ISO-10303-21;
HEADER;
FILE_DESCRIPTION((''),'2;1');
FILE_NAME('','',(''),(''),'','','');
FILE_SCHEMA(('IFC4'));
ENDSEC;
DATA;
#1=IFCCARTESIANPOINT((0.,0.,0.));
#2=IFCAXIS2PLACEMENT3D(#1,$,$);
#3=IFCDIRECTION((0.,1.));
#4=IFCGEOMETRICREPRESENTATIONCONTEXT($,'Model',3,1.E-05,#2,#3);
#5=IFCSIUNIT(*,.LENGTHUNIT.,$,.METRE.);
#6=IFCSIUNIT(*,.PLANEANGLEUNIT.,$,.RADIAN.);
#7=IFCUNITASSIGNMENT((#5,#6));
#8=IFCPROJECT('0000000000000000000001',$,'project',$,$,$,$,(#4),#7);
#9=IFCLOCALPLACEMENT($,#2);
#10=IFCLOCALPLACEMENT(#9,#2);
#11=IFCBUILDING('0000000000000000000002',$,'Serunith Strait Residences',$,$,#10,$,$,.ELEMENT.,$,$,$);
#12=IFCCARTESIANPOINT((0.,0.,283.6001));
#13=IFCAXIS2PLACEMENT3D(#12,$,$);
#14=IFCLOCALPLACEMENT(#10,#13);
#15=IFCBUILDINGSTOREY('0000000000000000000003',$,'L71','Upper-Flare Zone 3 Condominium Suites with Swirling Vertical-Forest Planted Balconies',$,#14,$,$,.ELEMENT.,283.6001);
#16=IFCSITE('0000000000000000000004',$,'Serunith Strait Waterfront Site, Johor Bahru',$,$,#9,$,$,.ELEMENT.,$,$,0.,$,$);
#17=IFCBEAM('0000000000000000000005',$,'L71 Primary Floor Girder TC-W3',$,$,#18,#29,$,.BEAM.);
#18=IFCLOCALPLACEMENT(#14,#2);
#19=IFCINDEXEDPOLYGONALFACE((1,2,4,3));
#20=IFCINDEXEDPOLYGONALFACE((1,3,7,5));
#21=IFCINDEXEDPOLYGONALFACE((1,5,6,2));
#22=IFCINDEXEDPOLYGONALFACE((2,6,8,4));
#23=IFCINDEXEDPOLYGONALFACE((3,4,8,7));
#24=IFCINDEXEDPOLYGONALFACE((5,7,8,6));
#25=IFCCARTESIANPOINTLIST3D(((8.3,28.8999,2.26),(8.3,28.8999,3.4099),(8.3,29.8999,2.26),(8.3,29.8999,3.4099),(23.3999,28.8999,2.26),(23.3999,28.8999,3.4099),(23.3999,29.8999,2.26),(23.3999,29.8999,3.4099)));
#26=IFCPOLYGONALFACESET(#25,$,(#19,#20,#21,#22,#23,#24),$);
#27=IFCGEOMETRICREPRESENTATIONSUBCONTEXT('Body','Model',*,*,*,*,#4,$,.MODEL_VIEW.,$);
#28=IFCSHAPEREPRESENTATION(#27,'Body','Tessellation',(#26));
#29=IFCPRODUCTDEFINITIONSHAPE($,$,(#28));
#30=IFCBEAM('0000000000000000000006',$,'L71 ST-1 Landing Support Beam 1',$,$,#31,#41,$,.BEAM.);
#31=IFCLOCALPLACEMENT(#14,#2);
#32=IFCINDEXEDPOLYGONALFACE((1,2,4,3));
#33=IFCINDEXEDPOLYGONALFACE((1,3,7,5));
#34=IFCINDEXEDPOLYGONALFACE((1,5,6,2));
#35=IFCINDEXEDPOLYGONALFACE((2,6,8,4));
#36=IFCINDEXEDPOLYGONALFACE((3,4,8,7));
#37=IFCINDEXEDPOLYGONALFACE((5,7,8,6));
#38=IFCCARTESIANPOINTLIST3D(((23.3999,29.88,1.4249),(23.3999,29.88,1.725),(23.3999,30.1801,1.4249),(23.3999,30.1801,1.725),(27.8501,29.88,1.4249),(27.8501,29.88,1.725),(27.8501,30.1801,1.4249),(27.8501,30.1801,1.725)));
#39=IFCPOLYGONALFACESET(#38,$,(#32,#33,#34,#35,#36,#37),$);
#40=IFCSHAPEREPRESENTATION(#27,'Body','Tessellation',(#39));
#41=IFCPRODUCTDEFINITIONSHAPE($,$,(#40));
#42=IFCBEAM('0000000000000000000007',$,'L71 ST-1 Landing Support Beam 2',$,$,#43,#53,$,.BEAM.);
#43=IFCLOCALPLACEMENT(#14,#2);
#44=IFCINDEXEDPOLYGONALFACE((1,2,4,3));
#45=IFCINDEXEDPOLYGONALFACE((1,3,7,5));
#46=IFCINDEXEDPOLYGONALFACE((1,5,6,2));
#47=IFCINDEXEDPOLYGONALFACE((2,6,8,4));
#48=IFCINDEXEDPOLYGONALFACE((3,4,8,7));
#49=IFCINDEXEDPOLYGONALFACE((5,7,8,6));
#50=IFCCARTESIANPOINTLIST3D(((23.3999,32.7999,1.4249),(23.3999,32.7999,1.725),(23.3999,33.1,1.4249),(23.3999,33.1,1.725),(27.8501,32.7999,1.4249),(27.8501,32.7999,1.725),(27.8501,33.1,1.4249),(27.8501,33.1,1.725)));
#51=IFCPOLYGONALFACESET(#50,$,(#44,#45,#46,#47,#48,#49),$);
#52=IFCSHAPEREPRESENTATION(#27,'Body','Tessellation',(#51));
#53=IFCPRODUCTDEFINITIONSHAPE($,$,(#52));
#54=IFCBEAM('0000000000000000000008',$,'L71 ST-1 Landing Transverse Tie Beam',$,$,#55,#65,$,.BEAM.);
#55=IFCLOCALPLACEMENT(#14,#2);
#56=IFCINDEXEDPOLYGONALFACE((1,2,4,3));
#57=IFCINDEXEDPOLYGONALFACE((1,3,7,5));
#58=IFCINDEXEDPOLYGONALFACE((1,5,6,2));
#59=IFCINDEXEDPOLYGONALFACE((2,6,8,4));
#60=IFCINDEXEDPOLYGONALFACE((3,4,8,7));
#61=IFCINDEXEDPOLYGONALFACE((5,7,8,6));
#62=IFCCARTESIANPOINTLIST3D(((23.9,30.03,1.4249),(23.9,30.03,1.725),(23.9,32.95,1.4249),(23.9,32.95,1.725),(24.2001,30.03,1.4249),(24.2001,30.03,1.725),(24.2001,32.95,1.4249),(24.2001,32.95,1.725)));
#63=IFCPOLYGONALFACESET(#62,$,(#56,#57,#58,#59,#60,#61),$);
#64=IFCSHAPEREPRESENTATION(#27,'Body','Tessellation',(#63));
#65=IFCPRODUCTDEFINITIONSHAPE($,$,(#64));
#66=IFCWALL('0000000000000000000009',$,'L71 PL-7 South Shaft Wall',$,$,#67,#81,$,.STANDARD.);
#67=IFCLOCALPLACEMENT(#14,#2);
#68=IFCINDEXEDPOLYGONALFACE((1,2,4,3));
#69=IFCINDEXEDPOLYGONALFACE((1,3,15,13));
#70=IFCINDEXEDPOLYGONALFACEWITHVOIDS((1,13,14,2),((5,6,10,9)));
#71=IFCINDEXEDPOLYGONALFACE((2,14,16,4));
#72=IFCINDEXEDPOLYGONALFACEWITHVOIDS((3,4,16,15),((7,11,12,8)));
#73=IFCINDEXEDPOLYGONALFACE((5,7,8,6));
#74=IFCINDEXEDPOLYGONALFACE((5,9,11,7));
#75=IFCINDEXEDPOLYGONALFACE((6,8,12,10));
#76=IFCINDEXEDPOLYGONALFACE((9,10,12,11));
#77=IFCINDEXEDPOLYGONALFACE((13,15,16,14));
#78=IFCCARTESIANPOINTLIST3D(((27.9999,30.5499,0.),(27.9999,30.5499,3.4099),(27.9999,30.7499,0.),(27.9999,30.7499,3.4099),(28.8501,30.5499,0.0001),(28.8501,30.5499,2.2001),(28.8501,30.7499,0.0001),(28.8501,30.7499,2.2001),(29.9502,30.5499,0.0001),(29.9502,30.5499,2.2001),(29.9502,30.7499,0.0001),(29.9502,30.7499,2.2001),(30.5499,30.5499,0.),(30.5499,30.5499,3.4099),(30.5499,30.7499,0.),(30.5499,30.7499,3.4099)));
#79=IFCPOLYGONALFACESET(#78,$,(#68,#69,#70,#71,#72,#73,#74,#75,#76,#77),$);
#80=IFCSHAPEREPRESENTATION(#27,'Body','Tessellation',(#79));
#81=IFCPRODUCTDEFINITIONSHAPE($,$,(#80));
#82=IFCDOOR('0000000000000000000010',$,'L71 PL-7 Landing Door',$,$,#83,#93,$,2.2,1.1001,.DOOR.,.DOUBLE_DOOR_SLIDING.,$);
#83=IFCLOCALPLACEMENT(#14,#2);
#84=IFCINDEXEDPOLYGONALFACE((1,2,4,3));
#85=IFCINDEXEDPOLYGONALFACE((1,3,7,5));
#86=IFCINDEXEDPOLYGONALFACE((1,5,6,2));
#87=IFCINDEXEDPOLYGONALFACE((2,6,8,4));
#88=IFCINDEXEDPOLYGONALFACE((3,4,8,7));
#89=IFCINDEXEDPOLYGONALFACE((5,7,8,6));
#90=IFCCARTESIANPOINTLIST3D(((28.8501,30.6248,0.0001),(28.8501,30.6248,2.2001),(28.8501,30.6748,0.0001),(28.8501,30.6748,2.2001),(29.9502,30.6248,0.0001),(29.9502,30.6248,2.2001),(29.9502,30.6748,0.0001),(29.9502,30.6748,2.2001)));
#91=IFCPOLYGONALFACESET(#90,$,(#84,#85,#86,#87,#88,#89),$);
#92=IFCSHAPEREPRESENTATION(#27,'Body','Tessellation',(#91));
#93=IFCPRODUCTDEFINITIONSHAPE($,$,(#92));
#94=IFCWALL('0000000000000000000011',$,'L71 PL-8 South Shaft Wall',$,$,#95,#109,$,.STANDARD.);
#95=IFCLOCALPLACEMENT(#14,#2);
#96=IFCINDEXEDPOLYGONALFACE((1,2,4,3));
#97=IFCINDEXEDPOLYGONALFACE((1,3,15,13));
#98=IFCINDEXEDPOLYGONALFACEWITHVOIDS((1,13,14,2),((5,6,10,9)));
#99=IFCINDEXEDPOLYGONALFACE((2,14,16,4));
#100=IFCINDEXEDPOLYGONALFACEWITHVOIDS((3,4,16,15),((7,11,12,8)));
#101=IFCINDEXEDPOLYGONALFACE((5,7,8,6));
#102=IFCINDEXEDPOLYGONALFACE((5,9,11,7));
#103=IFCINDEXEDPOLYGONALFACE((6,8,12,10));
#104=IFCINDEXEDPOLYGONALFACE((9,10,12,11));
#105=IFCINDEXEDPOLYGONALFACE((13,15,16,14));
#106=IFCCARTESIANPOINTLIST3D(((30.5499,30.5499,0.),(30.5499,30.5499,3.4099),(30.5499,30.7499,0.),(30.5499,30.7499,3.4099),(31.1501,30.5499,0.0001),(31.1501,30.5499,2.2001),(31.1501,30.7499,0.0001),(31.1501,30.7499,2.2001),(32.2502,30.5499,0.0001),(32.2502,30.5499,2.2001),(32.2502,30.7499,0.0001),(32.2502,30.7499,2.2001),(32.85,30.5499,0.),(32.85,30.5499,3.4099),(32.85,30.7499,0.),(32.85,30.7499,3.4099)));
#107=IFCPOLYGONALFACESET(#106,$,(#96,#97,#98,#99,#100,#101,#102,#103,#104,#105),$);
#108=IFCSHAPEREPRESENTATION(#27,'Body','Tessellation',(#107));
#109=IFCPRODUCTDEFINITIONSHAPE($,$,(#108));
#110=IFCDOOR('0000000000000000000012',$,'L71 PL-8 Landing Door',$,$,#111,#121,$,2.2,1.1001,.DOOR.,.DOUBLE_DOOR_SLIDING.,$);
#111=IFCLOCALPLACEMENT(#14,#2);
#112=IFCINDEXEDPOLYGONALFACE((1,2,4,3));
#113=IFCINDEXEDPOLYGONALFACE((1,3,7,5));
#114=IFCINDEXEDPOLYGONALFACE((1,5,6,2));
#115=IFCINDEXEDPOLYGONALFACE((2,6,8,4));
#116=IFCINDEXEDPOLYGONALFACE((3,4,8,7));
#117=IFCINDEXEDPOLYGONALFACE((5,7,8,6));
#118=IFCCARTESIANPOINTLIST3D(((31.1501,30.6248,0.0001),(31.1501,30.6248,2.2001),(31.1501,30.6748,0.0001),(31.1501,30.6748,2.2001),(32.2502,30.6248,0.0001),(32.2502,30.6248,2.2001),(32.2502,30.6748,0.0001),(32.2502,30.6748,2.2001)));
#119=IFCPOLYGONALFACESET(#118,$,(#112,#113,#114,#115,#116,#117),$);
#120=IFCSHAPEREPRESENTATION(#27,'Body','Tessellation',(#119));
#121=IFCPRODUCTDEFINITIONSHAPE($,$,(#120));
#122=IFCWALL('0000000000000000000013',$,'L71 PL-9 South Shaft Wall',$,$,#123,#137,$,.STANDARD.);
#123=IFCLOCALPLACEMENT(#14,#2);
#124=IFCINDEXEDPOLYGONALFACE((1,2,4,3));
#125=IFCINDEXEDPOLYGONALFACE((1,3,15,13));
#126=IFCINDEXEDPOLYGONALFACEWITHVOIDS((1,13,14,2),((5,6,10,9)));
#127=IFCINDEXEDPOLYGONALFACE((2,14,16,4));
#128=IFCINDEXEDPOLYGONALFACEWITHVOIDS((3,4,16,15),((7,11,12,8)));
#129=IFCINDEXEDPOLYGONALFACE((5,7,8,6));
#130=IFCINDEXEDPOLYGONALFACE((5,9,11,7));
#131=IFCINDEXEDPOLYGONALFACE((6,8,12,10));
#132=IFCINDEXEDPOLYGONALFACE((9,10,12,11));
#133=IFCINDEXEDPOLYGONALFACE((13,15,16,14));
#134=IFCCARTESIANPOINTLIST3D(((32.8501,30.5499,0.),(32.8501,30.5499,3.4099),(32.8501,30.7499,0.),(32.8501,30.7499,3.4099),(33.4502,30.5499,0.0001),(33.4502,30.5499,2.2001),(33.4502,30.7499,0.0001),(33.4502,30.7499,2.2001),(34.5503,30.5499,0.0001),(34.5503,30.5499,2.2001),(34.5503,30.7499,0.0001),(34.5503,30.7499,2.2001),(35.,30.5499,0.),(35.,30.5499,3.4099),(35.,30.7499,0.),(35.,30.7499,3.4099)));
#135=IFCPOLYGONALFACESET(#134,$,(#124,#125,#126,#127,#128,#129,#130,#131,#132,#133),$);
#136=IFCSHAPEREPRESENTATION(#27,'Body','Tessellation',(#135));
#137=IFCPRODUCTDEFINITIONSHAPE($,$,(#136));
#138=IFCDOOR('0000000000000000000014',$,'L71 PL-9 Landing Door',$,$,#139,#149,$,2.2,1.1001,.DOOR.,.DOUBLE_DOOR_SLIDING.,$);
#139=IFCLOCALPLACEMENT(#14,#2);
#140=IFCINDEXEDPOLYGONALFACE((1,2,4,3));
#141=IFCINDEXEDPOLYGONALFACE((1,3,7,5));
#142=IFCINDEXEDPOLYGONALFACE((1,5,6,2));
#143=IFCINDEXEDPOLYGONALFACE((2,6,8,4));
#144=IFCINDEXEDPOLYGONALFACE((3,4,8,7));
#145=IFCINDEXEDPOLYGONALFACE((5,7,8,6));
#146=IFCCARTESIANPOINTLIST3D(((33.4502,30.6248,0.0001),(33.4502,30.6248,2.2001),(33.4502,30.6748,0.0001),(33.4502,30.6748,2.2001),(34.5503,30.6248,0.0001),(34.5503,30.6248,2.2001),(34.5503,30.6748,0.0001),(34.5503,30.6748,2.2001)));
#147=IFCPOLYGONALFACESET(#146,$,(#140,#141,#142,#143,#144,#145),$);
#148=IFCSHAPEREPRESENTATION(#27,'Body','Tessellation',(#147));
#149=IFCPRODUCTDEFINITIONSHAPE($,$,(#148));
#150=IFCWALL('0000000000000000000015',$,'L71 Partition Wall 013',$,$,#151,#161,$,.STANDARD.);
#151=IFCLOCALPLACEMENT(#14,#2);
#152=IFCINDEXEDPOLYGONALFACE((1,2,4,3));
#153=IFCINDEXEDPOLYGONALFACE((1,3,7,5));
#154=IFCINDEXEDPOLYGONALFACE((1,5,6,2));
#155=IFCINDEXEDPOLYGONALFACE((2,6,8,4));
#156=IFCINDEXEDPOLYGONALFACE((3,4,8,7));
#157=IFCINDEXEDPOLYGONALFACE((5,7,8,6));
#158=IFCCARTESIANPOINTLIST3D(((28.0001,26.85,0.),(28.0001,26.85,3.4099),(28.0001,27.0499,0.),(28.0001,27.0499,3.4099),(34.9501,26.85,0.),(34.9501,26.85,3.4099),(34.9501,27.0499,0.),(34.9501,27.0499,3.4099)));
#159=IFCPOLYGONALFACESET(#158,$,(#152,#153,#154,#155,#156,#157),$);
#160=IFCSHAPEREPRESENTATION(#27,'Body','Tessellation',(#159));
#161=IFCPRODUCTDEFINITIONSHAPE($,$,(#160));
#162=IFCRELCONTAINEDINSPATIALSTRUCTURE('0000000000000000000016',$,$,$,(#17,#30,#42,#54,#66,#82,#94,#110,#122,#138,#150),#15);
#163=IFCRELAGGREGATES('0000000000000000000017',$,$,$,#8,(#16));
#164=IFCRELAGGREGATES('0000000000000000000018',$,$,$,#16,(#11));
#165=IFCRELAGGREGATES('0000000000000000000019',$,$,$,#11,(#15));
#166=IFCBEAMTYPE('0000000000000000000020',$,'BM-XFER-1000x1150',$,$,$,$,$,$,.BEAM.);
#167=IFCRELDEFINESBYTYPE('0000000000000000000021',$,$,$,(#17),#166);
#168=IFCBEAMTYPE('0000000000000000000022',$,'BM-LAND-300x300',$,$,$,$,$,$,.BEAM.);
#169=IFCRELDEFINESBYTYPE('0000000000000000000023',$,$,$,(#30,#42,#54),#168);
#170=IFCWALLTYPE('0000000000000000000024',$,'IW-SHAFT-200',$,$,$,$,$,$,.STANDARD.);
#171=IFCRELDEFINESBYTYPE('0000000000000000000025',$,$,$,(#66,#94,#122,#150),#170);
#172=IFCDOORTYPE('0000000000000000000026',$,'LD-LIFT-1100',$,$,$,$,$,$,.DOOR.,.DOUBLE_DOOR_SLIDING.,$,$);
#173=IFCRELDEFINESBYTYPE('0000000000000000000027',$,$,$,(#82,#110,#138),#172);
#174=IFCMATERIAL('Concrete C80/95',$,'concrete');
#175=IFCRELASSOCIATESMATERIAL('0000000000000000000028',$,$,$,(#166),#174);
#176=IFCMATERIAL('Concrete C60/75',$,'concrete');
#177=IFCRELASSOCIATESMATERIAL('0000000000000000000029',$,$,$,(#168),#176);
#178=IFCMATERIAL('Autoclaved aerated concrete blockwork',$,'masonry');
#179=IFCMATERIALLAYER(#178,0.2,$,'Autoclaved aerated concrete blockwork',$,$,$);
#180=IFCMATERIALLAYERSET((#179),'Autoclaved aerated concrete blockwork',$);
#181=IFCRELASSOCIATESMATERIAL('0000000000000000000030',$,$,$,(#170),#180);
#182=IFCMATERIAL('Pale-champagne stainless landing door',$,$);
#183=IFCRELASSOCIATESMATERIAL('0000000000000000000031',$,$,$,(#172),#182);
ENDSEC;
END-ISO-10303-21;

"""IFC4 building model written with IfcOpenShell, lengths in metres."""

from ifc_helpers import new_model, si_unit, direction, frame, frame_2d, origin, origin_2d, place, context, subcontext, project, spatial, rectangle, extrude, source, transform, mapped, material, layer, layer_set, material_profile, profile_set, type_object, element, fill, save


model = new_model("IFC4")

# Units and contexts
model_context = context("Model", 3, precision=1e-05, world=origin(), true_north=direction((0.0, 1.0)))
body_context = subcontext(model_context, "Body", "Model", "MODEL_VIEW")
ifc_project = project(units=[si_unit("LENGTHUNIT", "METRE"), si_unit("PLANEANGLEUNIT", "RADIAN")], contexts=[model_context])

# Site, building, storey
site_placement = place(None, origin())
site = spatial("IfcSite", under=ifc_project, at=site_placement, Name="Serunith Strait Waterfront Site, Johor Bahru", CompositionType="ELEMENT", RefElevation=0.0)
building_placement = place(site_placement, origin())
building = spatial("IfcBuilding", under=site, at=building_placement, Name="Serunith Strait Residences", CompositionType="ELEMENT")
storey_placement = place(building_placement, frame((0.0, 0.0, 283.6001)))
storey = spatial("IfcBuildingStorey", under=building, at=storey_placement, Name="L71", Description="Upper-Flare Zone 3 Condominium Suites with Swirling Vertical-Forest Planted Balconies", CompositionType="ELEMENT", Elevation=283.6001)

# Beams
ifc_material_1 = material(Name="Concrete C80/95", Category="concrete")
ifc_material_profile_1 = material_profile(ifc_material_1, rectangle(XDim=1.0, YDim=1.1499, at=origin_2d()), Name="RC 1000x1150")
ifc_profile_set_1 = profile_set([ifc_material_profile_1], Name="Concrete C80/95")
beam_type_1 = type_object("IfcBeamType", Name="BM-XFER-1000x1150", PredefinedType="BEAM", material=ifc_profile_set_1)
shared_shape_1 = source(origin(), body_context, "Body", "SweptSolid", [
    extrude(rectangle(XDim=1.0, YDim=1.1499, at=origin_2d()), origin(), (0.0, 0.0, 1.0), 15.0999),
])
beam_1_placement = place(storey_placement, frame((23.3999, 29.3999, 2.835), z_axis=(-1.0, 0.0, 0.0), x_axis=(0.0, -1.0, 0.0)))
element("IfcBeam", 1, at=beam_1_placement, inside=storey, type_object=beam_type_1, Name="L71 Primary Floor Girder TC-W3", PredefinedType="BEAM", context=body_context, shape_type="MappedRepresentation", body=[
    mapped(shared_shape_1, transform((0.0, 0.0, 0.0), scale=1.0)),
])
ifc_material_2 = material(Name="Concrete C60/75", Category="concrete")
ifc_material_profile_2 = material_profile(ifc_material_2, rectangle(XDim=0.3, YDim=0.3, at=origin_2d()), Name="RC 300x300")
ifc_profile_set_2 = profile_set([ifc_material_profile_2], Name="Concrete C60/75")
beam_type_2 = type_object("IfcBeamType", Name="BM-LAND-300x300", PredefinedType="BEAM", material=ifc_profile_set_2)
shared_shape_2 = source(origin(), body_context, "Body", "SweptSolid", [
    extrude(rectangle(XDim=0.3, YDim=0.3, at=origin_2d()), origin(), (0.0, 0.0, 1.0), 4.4502),
])
for number, where, z_axis, x_axis, name in (
    (2, (23.3999, 30.03, 1.575), (1.0, 0.0, 0.0), (0.0, 1.0, 0.0), "L71 ST-1 Landing Support Beam 1"),
    (3, (23.3999, 32.95, 1.575), (1.0, 0.0, 0.0), (0.0, 1.0, 0.0), "L71 ST-1 Landing Support Beam 2"),
):
    element("IfcBeam", number, at=place(storey_placement, frame(where, z_axis=z_axis, x_axis=x_axis)), inside=storey, type_object=beam_type_2, Name=name, PredefinedType="BEAM", context=body_context, shape_type="MappedRepresentation", body=[
        mapped(shared_shape_2, transform((0.0, 0.0, 0.0), scale=1.0)),
    ])
shared_shape_3 = source(origin(), body_context, "Body", "SweptSolid", [
    extrude(rectangle(XDim=0.3, YDim=0.3, at=origin_2d()), origin(), (0.0, 0.0, 1.0), 2.9199),
])
beam_2_placement = place(storey_placement, frame((24.05, 30.03, 1.575), z_axis=(0.0, 1.0, 0.0), x_axis=(-1.0, 0.0, 0.0)))
element("IfcBeam", 4, at=beam_2_placement, inside=storey, type_object=beam_type_2, Name="L71 ST-1 Landing Transverse Tie Beam", PredefinedType="BEAM", context=body_context, shape_type="MappedRepresentation", body=[
    mapped(shared_shape_3, transform((0.0, 0.0, 0.0), scale=1.0)),
])

# Walls, openings, doors
ifc_material_3 = material(Name="Autoclaved aerated concrete blockwork", Category="masonry")
ifc_layer = layer(ifc_material_3, 0.2, Name="Autoclaved aerated concrete blockwork")
ifc_layer_set = layer_set([ifc_layer], Name="Autoclaved aerated concrete blockwork")
wall_type = type_object("IfcWallType", Name="IW-SHAFT-200", PredefinedType="STANDARD", material=ifc_layer_set)
wall_1_placement = place(storey_placement, frame((28.0, 30.6499, 0.0), z_axis=(0.0, 0.0, 1.0), x_axis=(1.0, 0.0, 0.0)))
wall_1 = element("IfcWall", 5, at=wall_1_placement, inside=storey, type_object=wall_type, Name="L71 PL-7 South Shaft Wall", PredefinedType="STANDARD", context=body_context, shape_type="SweptSolid", body=[
    extrude(rectangle(XDim=2.55, YDim=0.2, at=frame_2d((1.2749, 0.0))), origin(), (0.0, 0.0, 1.0), 3.4099),
])
opening_1_placement = place(wall_1_placement, frame((0.8501, 0.0, 0.0)))
opening_1 = element("IfcOpeningElement", 6, at=opening_1_placement, cuts=wall_1, PredefinedType="OPENING", context=body_context, shape_type="SweptSolid", body=[
    extrude(rectangle(XDim=1.1001, YDim=2.2, at=frame_2d((0.55, 1.1001))), frame((0.0, 0.1099, 0.0), z_axis=(0.0, -1.0, 0.0), x_axis=(1.0, 0.0, 0.0)), (0.0, 0.0, 1.0), 0.22),
])
ifc_material_4 = material(Name="Pale-champagne stainless landing door")
door_type_1 = type_object("IfcDoorType", Name="LD-LIFT-1100", OperationType="DOUBLE_DOOR_SLIDING", PredefinedType="DOOR", material=ifc_material_4)
shared_shape_4 = source(origin(), body_context, "Body", "SweptSolid", [
    extrude(rectangle(XDim=1.1001, YDim=2.2, at=frame_2d((0.55, 1.1001))), frame((0.0, 0.0249, 0.0), z_axis=(0.0, -1.0, 0.0), x_axis=(1.0, 0.0, 0.0)), (0.0, 0.0, 1.0), 0.05),
])
door_1_placement = place(opening_1_placement, origin())
door_1 = element("IfcDoor", 7, at=door_1_placement, inside=storey, type_object=door_type_1, Name="L71 PL-7 Landing Door", OperationType="DOUBLE_DOOR_SLIDING", OverallHeight=2.2, OverallWidth=1.1001, PredefinedType="DOOR", context=body_context, shape_type="MappedRepresentation", body=[
    mapped(shared_shape_4, transform((0.0, 0.0, 0.0), scale=1.0)),
])
fill(opening_1, door_1)
wall_2_placement = place(storey_placement, frame((30.55, 30.6499, 0.0), z_axis=(0.0, 0.0, 1.0), x_axis=(1.0, 0.0, 0.0)))
wall_2 = element("IfcWall", 8, at=wall_2_placement, inside=storey, type_object=wall_type, Name="L71 PL-8 South Shaft Wall", PredefinedType="STANDARD", context=body_context, shape_type="SweptSolid", body=[
    extrude(rectangle(XDim=2.3, YDim=0.2, at=frame_2d((1.1499, 0.0))), origin(), (0.0, 0.0, 1.0), 3.4099),
])
opening_2_placement = place(wall_2_placement, frame((0.6001, 0.0, 0.0)))
opening_2 = element("IfcOpeningElement", 9, at=opening_2_placement, cuts=wall_2, PredefinedType="OPENING", context=body_context, shape_type="SweptSolid", body=[
    extrude(rectangle(XDim=1.1001, YDim=2.2, at=frame_2d((0.55, 1.1001))), frame((0.0, 0.1099, 0.0), z_axis=(0.0, -1.0, 0.0), x_axis=(1.0, 0.0, 0.0)), (0.0, 0.0, 1.0), 0.22),
])
door_2_placement = place(opening_2_placement, origin())
door_2 = element("IfcDoor", 10, at=door_2_placement, inside=storey, type_object=door_type_1, Name="L71 PL-8 Landing Door", OperationType="DOUBLE_DOOR_SLIDING", OverallHeight=2.2, OverallWidth=1.1001, PredefinedType="DOOR", context=body_context, shape_type="MappedRepresentation", body=[
    mapped(shared_shape_4, transform((0.0, 0.0, 0.0), scale=1.0)),
])
fill(opening_2, door_2)
wall_3_placement = place(storey_placement, frame((32.8501, 30.6499, 0.0), z_axis=(0.0, 0.0, 1.0), x_axis=(1.0, 0.0, 0.0)))
wall_3 = element("IfcWall", 11, at=wall_3_placement, inside=storey, type_object=wall_type, Name="L71 PL-9 South Shaft Wall", PredefinedType="STANDARD", context=body_context, shape_type="SweptSolid", body=[
    extrude(rectangle(XDim=2.1499, YDim=0.2, at=frame_2d((1.075, 0.0))), origin(), (0.0, 0.0, 1.0), 3.4099),
])
opening_3_placement = place(wall_3_placement, frame((0.6001, 0.0, 0.0)))
opening_3 = element("IfcOpeningElement", 12, at=opening_3_placement, cuts=wall_3, PredefinedType="OPENING", context=body_context, shape_type="SweptSolid", body=[
    extrude(rectangle(XDim=1.1001, YDim=2.2, at=frame_2d((0.55, 1.1001))), frame((0.0, 0.1099, 0.0), z_axis=(0.0, -1.0, 0.0), x_axis=(1.0, 0.0, 0.0)), (0.0, 0.0, 1.0), 0.22),
])
door_3_placement = place(opening_3_placement, origin())
door_3 = element("IfcDoor", 13, at=door_3_placement, inside=storey, type_object=door_type_1, Name="L71 PL-9 Landing Door", OperationType="DOUBLE_DOOR_SLIDING", OverallHeight=2.2, OverallWidth=1.1001, PredefinedType="DOOR", context=body_context, shape_type="MappedRepresentation", body=[
    mapped(shared_shape_4, transform((0.0, 0.0, 0.0), scale=1.0)),
])
fill(opening_3, door_3)

# Wall
wall_4_placement = place(storey_placement, frame((28.0, 26.95, 0.0), z_axis=(0.0, 0.0, 1.0), x_axis=(1.0, 0.0, 0.0)))
element("IfcWall", 14, at=wall_4_placement, inside=storey, type_object=wall_type, Name="L71 Partition Wall 013", PredefinedType="STANDARD", context=body_context, shape_type="SweptSolid", body=[
    extrude(rectangle(XDim=6.95, YDim=0.2, at=frame_2d((3.4751, 0.0))), origin(), (0.0, 0.0, 1.0), 3.4099),
])

save(model, "model.ifc")
